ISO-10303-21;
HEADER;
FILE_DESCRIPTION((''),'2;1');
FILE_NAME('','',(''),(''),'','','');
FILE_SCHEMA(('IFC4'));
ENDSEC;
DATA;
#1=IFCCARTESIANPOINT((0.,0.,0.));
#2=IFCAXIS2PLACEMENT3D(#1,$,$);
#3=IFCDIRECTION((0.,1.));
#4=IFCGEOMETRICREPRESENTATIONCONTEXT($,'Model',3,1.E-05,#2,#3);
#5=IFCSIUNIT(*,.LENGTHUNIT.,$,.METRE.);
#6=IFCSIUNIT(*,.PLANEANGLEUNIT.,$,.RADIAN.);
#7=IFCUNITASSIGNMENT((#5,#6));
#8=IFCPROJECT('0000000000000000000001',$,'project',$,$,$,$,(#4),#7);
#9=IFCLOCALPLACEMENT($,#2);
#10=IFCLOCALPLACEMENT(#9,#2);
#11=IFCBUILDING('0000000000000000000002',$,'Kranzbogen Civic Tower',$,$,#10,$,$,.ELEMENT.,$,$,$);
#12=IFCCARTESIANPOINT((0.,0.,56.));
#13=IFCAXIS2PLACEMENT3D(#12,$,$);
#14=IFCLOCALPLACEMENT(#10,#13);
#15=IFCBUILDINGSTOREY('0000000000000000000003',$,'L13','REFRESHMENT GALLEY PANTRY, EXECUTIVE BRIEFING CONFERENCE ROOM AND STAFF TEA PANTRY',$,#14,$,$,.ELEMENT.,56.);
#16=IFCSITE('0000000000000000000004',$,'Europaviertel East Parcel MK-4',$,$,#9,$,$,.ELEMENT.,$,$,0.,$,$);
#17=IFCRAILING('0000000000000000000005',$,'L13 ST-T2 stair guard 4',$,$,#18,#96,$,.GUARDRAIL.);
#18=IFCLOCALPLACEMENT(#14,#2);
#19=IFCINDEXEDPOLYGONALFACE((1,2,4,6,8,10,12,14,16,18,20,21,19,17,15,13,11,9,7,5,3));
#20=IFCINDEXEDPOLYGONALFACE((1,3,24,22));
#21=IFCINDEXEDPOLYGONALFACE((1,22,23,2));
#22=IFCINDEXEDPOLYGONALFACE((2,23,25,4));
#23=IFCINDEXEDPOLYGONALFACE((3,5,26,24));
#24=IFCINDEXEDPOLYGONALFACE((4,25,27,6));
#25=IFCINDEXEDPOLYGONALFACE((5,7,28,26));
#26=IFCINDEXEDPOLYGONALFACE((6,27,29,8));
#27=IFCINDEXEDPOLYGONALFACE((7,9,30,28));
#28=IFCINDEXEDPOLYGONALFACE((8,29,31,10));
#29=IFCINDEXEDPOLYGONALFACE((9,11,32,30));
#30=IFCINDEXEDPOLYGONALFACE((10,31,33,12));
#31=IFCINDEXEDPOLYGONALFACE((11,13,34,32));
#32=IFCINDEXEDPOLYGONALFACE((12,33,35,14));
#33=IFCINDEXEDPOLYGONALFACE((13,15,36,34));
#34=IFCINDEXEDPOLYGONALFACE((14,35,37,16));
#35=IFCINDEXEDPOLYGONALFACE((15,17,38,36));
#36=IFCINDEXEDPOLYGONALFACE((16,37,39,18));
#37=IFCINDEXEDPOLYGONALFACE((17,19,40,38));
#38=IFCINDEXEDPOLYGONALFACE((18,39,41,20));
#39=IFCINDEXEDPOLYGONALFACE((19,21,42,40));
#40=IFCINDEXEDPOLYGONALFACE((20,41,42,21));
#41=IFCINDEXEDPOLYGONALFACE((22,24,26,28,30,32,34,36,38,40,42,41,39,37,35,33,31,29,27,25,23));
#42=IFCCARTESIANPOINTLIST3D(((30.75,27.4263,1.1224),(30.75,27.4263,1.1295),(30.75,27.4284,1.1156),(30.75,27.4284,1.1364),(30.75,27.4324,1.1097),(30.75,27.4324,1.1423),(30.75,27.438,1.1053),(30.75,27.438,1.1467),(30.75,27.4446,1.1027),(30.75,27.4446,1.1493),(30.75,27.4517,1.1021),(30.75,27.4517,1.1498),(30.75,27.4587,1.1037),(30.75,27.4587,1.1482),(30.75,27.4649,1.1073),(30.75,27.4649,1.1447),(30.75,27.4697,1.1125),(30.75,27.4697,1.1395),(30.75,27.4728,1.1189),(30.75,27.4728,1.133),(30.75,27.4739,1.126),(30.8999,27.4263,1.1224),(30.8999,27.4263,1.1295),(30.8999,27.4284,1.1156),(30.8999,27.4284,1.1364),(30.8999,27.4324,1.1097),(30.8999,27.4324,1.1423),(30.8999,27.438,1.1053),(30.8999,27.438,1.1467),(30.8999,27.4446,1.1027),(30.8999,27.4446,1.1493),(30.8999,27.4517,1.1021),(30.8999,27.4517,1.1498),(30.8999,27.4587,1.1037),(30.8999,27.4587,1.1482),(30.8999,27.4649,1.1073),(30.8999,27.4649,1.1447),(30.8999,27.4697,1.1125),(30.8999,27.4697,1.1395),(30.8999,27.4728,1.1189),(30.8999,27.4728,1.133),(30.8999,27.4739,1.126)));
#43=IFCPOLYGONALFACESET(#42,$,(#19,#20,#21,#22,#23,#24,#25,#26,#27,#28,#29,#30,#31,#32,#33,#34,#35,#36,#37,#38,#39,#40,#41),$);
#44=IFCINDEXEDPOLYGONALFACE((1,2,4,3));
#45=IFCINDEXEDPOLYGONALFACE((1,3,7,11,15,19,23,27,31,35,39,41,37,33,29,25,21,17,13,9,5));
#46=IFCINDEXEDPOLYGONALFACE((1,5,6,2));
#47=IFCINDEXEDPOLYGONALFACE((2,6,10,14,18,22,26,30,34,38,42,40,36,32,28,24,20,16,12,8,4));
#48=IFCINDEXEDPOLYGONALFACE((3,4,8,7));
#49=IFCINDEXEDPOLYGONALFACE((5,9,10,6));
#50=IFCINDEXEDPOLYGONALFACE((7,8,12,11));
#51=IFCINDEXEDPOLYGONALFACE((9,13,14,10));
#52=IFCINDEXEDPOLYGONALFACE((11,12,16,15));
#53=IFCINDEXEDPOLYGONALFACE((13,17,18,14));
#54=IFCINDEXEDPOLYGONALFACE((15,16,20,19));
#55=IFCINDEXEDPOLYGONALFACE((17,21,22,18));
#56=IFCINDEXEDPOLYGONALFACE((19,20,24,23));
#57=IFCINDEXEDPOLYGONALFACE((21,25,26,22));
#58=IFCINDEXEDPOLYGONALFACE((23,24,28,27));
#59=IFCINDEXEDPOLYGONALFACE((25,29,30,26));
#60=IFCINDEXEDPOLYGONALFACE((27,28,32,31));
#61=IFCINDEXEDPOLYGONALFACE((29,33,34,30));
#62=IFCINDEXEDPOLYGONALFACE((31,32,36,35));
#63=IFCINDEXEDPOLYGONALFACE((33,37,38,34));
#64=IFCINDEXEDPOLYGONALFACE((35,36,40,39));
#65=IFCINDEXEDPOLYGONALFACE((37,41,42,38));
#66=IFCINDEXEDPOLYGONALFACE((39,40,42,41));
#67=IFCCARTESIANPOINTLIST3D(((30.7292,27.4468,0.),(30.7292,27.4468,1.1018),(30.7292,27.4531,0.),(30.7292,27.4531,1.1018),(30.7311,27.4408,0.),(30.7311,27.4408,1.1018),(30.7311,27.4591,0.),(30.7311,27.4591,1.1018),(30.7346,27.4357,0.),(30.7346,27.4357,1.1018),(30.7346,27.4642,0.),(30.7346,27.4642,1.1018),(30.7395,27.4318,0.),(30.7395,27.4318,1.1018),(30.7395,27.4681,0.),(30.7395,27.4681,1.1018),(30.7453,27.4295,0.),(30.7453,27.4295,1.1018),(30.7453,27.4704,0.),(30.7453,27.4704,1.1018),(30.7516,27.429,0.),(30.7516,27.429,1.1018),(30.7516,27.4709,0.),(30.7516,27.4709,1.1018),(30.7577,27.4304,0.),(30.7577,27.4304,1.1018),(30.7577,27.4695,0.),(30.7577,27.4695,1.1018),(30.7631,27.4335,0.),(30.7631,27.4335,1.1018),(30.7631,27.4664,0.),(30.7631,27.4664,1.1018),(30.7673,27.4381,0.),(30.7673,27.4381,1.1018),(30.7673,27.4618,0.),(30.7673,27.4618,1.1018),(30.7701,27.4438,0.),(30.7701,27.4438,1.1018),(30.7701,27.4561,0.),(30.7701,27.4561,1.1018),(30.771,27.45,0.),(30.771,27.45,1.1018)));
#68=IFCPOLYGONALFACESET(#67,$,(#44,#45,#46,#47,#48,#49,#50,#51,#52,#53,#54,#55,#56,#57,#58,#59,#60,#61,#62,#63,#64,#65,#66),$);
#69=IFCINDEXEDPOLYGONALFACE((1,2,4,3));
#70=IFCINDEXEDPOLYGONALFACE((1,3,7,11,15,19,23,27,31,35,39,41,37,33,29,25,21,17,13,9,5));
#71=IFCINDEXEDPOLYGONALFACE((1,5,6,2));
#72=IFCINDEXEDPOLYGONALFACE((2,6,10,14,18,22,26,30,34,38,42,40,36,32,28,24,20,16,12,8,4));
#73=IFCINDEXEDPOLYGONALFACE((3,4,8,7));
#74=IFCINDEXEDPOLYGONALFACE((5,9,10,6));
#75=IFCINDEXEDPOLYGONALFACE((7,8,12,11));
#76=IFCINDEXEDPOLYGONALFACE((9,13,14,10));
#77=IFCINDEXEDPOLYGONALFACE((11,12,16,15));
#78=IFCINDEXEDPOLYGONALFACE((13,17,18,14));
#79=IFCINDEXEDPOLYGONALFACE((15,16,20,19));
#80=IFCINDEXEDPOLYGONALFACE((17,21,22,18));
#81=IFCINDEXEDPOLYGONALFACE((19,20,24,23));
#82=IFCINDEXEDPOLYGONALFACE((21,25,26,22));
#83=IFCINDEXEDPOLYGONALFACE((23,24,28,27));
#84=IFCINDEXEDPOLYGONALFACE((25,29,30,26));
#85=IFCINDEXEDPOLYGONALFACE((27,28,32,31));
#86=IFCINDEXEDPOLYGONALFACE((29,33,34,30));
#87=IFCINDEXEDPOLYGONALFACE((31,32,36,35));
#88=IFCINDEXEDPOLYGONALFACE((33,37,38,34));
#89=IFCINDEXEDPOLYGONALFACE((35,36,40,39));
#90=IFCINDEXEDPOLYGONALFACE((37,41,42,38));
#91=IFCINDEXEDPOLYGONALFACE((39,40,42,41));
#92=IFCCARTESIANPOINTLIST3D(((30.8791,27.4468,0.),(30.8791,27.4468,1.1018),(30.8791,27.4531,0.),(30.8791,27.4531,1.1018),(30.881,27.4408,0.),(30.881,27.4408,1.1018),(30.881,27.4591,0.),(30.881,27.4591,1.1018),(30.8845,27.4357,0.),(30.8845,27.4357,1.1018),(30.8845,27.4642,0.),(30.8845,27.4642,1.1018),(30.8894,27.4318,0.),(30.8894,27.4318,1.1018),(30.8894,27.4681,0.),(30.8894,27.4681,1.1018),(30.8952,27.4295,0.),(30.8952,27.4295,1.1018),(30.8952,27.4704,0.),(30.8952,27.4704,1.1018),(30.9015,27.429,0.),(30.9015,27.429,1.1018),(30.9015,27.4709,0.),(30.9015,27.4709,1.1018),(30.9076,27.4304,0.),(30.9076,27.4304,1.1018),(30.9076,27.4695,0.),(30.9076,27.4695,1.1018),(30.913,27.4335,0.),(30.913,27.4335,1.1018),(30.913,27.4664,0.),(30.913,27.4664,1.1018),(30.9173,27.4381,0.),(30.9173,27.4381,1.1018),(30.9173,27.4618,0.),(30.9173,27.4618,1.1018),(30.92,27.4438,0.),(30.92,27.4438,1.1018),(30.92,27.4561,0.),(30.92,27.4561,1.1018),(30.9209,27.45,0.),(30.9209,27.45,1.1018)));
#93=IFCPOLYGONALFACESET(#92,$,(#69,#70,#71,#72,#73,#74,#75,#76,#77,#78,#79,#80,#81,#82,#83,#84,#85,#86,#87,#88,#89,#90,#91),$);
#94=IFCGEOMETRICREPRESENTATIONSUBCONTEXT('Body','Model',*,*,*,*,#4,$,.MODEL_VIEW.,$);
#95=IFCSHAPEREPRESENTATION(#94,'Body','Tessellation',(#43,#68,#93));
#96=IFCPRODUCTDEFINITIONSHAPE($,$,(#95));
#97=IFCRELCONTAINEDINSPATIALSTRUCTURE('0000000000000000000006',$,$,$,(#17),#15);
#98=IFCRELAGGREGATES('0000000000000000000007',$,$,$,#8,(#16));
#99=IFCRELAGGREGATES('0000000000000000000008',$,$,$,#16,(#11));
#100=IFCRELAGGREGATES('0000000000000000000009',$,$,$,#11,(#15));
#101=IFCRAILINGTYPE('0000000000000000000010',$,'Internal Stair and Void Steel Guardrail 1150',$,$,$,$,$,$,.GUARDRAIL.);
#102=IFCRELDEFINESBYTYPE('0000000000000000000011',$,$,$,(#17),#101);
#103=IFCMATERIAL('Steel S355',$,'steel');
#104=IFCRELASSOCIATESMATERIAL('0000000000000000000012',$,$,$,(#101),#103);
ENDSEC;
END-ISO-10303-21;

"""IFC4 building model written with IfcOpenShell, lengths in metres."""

from ifc_helpers import new_model, si_unit, direction, frame, origin, origin_2d, place, context, subcontext, project, spatial, circle, extrude, material, type_object, element, save


model = new_model("IFC4")

# Units and contexts
model_context = context("Model", 3, precision=1e-05, world=origin(), true_north=direction((0.0, 1.0)))
body_context = subcontext(model_context, "Body", "Model", "MODEL_VIEW")
ifc_project = project(units=[si_unit("LENGTHUNIT", "METRE"), si_unit("PLANEANGLEUNIT", "RADIAN")], contexts=[model_context])

# Site, building, storey
site_placement = place(None, origin())
site = spatial("IfcSite", under=ifc_project, at=site_placement, Name="Europaviertel East Parcel MK-4", CompositionType="ELEMENT", RefElevation=0.0)
building_placement = place(site_placement, origin())
building = spatial("IfcBuilding", under=site, at=building_placement, Name="Kranzbogen Civic Tower", CompositionType="ELEMENT")
storey_placement = place(building_placement, frame((0.0, 0.0, 56.0)))
storey = spatial("IfcBuildingStorey", under=building, at=storey_placement, Name="L13", Description="REFRESHMENT GALLEY PANTRY, EXECUTIVE BRIEFING CONFERENCE ROOM AND STAFF TEA PANTRY", CompositionType="ELEMENT", Elevation=56.0)

# Shared definitions
ifc_material_1 = material(Name="Steel S355", Category="steel")

# Railing
railing_type = type_object("IfcRailingType", Name="Internal Stair and Void Steel Guardrail 1150", PredefinedType="GUARDRAIL", material=ifc_material_1)
railing_1_placement = place(storey_placement, frame((30.75, 27.45, 0.0)))
element("IfcRailing", 1, at=railing_1_placement, inside=storey, type_object=railing_type, Name="L13 ST-T2 stair guard 4", PredefinedType="GUARDRAIL", context=body_context, shape_type="SweptSolid", body=[
    extrude(circle(Radius=0.0239, at=origin_2d()), frame((0.0, 0.0, 1.126), z_axis=(1.0, 0.0, 0.0), x_axis=(0.0, 1.0, 0.0)), (0.0, 0.0, 1.0), 0.1499),
    extrude(circle(Radius=0.021, at=origin_2d()), origin(), (0.0, 0.0, 1.0), 1.1018),
    extrude(circle(Radius=0.021, at=origin_2d()), frame((0.1499, 0.0, 0.0)), (0.0, 0.0, 1.0), 1.1018),
])

save(model, "model.ifc")
